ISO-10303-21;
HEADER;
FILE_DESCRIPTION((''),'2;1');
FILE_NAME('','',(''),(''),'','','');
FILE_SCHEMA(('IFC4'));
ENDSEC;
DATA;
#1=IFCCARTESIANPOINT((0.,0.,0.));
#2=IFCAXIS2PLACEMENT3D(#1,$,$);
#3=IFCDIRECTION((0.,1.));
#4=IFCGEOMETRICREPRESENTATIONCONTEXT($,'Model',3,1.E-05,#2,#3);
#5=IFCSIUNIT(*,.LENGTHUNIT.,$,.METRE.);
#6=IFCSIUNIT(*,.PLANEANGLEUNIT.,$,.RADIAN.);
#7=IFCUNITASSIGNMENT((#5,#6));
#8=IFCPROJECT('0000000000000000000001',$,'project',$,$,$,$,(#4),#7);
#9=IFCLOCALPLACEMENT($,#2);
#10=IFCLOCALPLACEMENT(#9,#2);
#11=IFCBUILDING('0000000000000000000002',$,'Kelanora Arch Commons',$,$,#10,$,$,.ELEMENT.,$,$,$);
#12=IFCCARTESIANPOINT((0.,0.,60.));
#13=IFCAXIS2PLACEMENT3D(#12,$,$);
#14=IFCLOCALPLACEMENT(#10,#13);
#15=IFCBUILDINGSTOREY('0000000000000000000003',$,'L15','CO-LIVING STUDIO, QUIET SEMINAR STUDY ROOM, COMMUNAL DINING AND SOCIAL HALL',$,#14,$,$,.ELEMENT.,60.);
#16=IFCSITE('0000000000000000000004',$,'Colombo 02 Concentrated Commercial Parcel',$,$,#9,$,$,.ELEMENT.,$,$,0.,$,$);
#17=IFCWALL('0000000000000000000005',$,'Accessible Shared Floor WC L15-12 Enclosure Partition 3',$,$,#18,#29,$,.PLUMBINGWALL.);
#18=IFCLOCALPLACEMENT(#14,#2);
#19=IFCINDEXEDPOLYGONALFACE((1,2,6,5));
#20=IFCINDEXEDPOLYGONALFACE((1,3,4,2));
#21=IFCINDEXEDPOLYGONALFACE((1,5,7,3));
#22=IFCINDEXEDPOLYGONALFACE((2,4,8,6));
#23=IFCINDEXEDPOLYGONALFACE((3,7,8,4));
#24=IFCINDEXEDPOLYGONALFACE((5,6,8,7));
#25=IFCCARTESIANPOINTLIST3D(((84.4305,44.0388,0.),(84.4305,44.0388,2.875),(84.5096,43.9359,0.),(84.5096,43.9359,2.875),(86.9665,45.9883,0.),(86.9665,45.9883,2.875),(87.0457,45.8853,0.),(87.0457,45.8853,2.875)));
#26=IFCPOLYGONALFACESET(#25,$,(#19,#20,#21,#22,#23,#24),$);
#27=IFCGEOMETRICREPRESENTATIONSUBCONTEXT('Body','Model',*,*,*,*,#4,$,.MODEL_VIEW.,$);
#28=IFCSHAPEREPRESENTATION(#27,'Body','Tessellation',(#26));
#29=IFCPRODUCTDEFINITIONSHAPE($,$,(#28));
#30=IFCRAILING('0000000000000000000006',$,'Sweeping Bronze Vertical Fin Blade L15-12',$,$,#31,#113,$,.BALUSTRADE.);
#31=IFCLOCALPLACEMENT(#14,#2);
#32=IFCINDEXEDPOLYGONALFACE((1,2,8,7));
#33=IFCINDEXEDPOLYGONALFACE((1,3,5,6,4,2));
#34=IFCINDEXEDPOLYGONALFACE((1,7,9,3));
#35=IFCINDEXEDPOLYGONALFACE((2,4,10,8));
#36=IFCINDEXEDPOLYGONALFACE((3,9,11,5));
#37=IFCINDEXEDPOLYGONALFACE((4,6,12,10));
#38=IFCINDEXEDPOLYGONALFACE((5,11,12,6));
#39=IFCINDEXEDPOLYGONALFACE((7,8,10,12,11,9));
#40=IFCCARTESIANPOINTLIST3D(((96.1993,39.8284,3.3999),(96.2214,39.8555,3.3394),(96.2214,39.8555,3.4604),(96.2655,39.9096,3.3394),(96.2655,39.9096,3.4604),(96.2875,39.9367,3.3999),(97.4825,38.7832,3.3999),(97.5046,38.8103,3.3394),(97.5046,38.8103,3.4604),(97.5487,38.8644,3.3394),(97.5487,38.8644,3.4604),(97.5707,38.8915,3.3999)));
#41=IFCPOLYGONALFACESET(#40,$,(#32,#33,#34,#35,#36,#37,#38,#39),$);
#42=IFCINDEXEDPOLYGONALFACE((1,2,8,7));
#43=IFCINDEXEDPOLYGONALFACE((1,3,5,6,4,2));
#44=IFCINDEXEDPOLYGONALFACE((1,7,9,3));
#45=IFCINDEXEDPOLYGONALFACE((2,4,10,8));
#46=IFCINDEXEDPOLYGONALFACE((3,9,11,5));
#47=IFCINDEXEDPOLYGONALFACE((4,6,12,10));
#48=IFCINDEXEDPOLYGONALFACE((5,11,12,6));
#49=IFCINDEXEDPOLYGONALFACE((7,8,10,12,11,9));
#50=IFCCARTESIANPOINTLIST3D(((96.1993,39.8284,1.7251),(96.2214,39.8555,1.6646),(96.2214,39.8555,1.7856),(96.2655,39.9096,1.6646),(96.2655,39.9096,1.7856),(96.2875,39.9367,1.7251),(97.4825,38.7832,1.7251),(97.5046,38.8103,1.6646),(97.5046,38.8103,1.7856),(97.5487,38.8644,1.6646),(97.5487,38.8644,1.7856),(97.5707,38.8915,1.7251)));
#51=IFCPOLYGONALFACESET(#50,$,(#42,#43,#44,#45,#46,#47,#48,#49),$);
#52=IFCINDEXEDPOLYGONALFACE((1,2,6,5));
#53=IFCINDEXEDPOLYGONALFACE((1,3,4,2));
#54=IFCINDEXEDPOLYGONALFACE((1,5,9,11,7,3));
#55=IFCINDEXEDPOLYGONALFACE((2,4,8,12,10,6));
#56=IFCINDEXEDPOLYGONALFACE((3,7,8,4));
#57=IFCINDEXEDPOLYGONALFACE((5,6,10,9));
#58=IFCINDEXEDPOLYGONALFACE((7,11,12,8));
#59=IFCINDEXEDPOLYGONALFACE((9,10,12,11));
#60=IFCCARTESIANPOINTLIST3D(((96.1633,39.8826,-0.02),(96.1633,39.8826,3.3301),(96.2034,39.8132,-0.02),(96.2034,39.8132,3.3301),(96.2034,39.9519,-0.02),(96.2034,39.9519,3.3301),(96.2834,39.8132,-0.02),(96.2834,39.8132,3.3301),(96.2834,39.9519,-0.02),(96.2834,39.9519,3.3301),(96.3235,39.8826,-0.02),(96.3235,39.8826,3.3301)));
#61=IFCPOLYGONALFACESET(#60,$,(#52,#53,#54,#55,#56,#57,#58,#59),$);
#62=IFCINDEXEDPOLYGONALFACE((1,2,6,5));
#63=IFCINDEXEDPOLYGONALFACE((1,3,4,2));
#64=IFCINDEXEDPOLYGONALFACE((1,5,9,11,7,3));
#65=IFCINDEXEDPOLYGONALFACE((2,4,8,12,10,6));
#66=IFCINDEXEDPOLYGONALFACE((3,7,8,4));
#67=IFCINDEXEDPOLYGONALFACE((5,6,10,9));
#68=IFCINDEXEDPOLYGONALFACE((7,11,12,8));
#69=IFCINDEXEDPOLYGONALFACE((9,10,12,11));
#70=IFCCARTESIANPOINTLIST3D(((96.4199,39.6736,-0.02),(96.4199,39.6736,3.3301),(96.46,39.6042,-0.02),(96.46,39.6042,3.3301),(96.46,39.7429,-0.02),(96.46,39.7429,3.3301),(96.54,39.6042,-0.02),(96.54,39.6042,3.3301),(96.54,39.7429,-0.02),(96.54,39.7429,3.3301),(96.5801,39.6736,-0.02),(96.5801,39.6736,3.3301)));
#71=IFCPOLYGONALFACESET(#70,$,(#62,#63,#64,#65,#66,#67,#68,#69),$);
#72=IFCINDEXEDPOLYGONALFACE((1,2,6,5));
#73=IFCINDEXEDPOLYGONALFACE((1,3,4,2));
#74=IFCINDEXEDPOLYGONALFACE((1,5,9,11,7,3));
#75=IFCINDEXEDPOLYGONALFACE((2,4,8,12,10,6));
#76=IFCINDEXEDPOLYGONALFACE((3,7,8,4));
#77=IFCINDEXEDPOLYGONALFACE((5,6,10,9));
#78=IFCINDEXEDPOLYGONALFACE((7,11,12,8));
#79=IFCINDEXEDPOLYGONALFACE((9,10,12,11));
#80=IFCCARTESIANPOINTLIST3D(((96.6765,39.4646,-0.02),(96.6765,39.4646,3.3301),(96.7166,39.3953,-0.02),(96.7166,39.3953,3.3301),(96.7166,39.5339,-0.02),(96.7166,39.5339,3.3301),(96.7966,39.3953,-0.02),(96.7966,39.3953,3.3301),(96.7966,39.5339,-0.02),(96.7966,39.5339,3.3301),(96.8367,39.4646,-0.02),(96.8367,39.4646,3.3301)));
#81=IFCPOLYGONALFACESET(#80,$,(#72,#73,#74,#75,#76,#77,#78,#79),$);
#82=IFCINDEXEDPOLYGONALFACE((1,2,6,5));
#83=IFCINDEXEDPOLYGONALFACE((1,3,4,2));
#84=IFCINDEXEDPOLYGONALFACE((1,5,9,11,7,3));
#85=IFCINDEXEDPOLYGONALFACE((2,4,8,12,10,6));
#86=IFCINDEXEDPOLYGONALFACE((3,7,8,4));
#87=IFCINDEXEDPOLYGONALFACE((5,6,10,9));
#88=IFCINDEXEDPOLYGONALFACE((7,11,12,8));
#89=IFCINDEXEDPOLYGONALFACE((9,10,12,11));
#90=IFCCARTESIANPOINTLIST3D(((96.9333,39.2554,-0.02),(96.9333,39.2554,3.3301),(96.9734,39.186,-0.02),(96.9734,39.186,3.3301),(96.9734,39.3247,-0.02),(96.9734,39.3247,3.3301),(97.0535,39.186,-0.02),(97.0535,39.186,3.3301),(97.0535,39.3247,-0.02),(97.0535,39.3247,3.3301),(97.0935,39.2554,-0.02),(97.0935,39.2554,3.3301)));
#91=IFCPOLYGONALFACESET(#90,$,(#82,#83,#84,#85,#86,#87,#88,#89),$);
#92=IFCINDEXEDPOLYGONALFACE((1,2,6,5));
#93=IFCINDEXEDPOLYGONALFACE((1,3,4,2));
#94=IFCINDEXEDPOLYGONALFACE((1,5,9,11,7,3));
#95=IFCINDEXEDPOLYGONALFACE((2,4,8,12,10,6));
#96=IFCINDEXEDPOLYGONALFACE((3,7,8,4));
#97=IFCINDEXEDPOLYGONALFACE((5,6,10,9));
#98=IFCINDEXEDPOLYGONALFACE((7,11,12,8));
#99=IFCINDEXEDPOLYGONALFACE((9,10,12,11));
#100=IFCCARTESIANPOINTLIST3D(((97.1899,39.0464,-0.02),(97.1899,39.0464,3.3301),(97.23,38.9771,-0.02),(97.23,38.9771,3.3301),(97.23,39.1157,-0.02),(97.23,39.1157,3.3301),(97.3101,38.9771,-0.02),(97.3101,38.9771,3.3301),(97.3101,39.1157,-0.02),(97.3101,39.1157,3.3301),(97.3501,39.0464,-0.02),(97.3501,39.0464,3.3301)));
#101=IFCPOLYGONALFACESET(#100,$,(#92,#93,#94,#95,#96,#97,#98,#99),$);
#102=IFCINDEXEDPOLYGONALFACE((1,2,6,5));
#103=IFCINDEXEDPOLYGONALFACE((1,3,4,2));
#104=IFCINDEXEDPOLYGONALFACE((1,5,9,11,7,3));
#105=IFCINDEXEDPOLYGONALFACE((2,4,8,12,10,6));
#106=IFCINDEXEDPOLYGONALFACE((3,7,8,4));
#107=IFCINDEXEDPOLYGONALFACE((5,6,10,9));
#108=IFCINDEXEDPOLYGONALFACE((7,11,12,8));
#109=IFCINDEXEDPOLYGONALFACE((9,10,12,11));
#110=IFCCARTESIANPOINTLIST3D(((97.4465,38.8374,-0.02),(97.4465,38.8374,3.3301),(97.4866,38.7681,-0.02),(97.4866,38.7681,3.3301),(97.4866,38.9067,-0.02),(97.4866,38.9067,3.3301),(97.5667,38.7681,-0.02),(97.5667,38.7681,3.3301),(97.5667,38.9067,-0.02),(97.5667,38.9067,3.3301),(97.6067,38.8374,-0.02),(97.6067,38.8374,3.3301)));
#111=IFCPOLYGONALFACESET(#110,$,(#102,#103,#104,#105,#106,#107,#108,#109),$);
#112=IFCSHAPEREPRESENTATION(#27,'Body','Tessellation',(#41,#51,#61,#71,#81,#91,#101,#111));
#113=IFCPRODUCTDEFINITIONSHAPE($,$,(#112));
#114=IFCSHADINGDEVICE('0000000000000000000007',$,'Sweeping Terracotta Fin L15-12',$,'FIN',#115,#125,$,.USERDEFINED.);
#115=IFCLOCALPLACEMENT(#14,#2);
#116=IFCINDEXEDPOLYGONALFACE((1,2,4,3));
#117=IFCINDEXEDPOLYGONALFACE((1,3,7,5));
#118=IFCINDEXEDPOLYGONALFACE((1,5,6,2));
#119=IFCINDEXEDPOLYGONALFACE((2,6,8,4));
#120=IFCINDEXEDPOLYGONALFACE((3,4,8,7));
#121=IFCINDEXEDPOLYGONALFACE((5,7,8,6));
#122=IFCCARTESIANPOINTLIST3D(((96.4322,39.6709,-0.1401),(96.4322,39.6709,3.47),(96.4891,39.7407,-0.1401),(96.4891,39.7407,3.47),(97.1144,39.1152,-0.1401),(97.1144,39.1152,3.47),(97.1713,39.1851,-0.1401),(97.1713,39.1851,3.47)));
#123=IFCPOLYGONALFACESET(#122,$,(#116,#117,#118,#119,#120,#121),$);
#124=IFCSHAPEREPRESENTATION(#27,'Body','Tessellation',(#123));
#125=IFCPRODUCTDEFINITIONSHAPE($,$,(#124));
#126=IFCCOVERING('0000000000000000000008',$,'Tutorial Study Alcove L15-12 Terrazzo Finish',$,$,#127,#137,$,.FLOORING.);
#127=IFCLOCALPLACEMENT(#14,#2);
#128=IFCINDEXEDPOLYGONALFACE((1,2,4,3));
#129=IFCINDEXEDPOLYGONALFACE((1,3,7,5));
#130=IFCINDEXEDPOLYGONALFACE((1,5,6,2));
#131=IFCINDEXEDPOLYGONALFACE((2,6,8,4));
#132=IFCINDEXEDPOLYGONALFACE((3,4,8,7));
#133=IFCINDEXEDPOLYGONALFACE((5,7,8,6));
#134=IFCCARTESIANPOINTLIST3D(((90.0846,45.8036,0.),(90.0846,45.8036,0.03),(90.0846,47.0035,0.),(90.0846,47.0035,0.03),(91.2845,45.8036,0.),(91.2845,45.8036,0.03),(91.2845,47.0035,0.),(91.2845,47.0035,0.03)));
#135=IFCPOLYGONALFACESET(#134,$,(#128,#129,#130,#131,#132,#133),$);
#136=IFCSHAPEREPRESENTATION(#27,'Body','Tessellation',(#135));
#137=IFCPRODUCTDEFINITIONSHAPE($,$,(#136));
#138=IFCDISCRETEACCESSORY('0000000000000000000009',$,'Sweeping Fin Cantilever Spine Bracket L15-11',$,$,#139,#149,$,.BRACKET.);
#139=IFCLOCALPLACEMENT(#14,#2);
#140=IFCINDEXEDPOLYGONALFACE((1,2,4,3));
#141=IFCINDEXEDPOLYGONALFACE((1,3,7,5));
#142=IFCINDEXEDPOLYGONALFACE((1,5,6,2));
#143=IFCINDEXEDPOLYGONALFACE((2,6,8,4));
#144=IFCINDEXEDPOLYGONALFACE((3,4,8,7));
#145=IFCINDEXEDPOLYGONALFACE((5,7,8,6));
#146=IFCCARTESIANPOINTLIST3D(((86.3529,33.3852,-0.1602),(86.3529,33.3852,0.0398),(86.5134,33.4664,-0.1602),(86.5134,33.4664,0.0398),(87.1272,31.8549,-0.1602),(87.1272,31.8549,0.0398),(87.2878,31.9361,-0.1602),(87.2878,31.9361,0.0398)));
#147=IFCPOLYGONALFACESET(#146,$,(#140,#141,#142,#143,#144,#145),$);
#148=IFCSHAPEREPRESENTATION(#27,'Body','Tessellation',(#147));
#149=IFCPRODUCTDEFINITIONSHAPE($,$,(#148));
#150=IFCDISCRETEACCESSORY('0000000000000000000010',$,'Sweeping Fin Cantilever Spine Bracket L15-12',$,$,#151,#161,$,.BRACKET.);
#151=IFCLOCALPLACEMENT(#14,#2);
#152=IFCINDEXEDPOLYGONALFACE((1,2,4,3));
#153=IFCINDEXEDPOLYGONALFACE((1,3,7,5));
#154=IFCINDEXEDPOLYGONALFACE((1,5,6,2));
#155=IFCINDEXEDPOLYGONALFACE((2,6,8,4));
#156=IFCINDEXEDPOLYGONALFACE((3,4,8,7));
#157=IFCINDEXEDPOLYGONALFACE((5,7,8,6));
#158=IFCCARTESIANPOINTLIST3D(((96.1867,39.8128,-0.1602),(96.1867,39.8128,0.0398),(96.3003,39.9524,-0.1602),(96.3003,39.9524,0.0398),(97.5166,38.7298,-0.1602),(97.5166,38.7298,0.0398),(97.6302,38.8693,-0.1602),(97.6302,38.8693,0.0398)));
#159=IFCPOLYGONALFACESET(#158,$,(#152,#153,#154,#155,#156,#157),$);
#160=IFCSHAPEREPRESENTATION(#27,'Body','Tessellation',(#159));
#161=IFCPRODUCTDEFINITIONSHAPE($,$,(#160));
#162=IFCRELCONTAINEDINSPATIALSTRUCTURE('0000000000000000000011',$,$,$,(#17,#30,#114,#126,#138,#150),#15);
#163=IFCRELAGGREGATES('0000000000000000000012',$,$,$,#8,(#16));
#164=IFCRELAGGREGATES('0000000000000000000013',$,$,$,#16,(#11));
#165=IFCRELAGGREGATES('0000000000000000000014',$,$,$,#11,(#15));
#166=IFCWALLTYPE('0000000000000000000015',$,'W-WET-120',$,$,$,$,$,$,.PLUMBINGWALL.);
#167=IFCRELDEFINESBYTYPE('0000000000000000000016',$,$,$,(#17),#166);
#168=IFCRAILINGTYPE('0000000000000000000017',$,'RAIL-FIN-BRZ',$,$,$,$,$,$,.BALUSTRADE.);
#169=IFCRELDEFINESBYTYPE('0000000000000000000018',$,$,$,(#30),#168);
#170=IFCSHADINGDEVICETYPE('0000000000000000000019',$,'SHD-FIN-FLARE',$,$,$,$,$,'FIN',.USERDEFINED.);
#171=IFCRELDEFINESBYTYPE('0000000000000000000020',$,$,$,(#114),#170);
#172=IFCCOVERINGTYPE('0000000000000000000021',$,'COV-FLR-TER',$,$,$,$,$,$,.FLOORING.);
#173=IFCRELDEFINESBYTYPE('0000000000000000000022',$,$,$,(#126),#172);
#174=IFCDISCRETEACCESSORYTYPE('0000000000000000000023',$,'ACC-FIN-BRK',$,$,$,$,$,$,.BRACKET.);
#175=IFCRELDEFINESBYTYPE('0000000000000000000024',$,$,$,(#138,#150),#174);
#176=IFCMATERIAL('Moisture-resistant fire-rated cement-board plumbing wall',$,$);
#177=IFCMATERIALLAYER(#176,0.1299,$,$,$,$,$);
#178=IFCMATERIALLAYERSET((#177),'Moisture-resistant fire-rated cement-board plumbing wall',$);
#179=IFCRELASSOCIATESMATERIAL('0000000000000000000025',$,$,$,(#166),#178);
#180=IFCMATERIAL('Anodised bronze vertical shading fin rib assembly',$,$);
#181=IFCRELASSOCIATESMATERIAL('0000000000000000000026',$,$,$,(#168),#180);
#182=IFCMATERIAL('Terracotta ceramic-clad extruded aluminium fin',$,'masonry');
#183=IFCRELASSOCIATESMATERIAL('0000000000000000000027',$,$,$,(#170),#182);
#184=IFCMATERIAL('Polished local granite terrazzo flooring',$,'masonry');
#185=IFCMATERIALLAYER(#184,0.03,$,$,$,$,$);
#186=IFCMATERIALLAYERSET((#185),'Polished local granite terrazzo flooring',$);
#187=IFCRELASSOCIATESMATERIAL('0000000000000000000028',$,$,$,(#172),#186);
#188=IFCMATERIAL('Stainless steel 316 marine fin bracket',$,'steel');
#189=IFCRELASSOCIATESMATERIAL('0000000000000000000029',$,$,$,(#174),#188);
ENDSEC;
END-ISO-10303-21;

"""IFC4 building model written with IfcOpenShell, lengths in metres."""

from ifc_helpers import new_model, si_unit, direction, frame, frame_2d, origin, origin_2d, place, context, subcontext, project, spatial, polyline, rectangle, outline, extrude, source, transform, mapped, material, layer, layer_set, type_object, element, save


model = new_model("IFC4")

# Units and contexts
model_context = context("Model", 3, precision=1e-05, world=origin(), true_north=direction((0.0, 1.0)))
body_context = subcontext(model_context, "Body", "Model", "MODEL_VIEW")
ifc_project = project(units=[si_unit("LENGTHUNIT", "METRE"), si_unit("PLANEANGLEUNIT", "RADIAN")], contexts=[model_context])

# Site, building, storey
site_placement = place(None, origin())
site = spatial("IfcSite", under=ifc_project, at=site_placement, Name="Colombo 02 Concentrated Commercial Parcel", CompositionType="ELEMENT", RefElevation=0.0)
building_placement = place(site_placement, origin())
building = spatial("IfcBuilding", under=site, at=building_placement, Name="Kelanora Arch Commons", CompositionType="ELEMENT")
storey_placement = place(building_placement, frame((0.0, 0.0, 60.0)))
storey = spatial("IfcBuildingStorey", under=building, at=storey_placement, Name="L15", Description="CO-LIVING STUDIO, QUIET SEMINAR STUDY ROOM, COMMUNAL DINING AND SOCIAL HALL", CompositionType="ELEMENT", Elevation=60.0)

# Wall
ifc_material_1 = material(Name="Moisture-resistant fire-rated cement-board plumbing wall")
ifc_layer_1 = layer(ifc_material_1, 0.1299)
ifc_layer_set_1 = layer_set([ifc_layer_1], Name="Moisture-resistant fire-rated cement-board plumbing wall")
wall_type_1 = type_object("IfcWallType", Name="W-WET-120", PredefinedType="PLUMBINGWALL", material=ifc_layer_set_1)
wall_1_placement = place(storey_placement, frame((87.0061, 45.9368, 0.0), z_axis=(0.0, 0.0, 1.0), x_axis=(-0.792837, -0.609434, 0.0)))
element("IfcWall", 1, at=wall_1_placement, inside=storey, type_object=wall_type_1, Name="Accessible Shared Floor WC L15-12 Enclosure Partition 3", PredefinedType="PLUMBINGWALL", context=body_context, shape_type="SweptSolid", body=[
    extrude(rectangle(XDim=3.1987, YDim=0.1299, at=frame_2d((1.5994, 0.0))), origin(), (0.0, 0.0, 1.0), 2.875),
])

# Railing
ifc_material_2 = material(Name="Anodised bronze vertical shading fin rib assembly")
railing_type = type_object("IfcRailingType", Name="RAIL-FIN-BRZ", PredefinedType="BALUSTRADE", material=ifc_material_2)
railing_placement = place(storey_placement, frame((96.2434, 39.8826, -0.02)))
element("IfcRailing", 2, at=railing_placement, inside=storey, type_object=railing_type, Name="Sweeping Bronze Vertical Fin Blade L15-12", PredefinedType="BALUSTRADE", context=body_context, shape_type="SweptSolid", body=[
    extrude(outline(polyline([(0.0698, 0.0), (0.0349, 0.0605), (-0.0349, 0.0605), (-0.0698, 0.0), (-0.0349, -0.0605), (0.0349, -0.0605), (0.0698, 0.0)])), frame((0.0, 0.0, 3.4199), z_axis=(0.775355, -0.631525, 0.0), x_axis=(0.631525, 0.775355, 0.0)), (0.0, 0.0, 1.0), 1.655),
    extrude(outline(polyline([(0.0698, 0.0), (0.0349, 0.0605), (-0.0349, 0.0605), (-0.0698, 0.0), (-0.0349, -0.0605), (0.0349, -0.0605), (0.0698, 0.0)])), frame((0.0, 0.0, 1.7451), z_axis=(0.775355, -0.631525, 0.0), x_axis=(0.631525, 0.775355, 0.0)), (0.0, 0.0, 1.0), 1.655),
    extrude(outline(polyline([(0.0801, 0.0), (0.04, 0.0693), (-0.04, 0.0693), (-0.0801, 0.0), (-0.04, -0.0693), (0.04, -0.0693), (0.0801, 0.0)])), origin(), (0.0, 0.0, 1.0), 3.3501),
    extrude(outline(polyline([(0.0801, 0.0), (0.04, 0.0693), (-0.04, 0.0693), (-0.0801, 0.0), (-0.04, -0.0693), (0.04, -0.0693), (0.0801, 0.0)])), frame((0.2566, -0.209, 0.0)), (0.0, 0.0, 1.0), 3.3501),
    extrude(outline(polyline([(0.0801, 0.0), (0.04, 0.0693), (-0.04, 0.0693), (-0.0801, 0.0), (-0.04, -0.0693), (0.04, -0.0693), (0.0801, 0.0)])), frame((0.5132, -0.418, 0.0)), (0.0, 0.0, 1.0), 3.3501),
    extrude(outline(polyline([(0.0801, 0.0), (0.04, 0.0693), (-0.04, 0.0693), (-0.0801, 0.0), (-0.04, -0.0693), (0.04, -0.0693), (0.0801, 0.0)])), frame((0.77, -0.6272, 0.0)), (0.0, 0.0, 1.0), 3.3501),
    extrude(outline(polyline([(0.0801, 0.0), (0.04, 0.0693), (-0.04, 0.0693), (-0.0801, 0.0), (-0.04, -0.0693), (0.04, -0.0693), (0.0801, 0.0)])), frame((1.0266, -0.8362, 0.0)), (0.0, 0.0, 1.0), 3.3501),
    extrude(outline(polyline([(0.0801, 0.0), (0.04, 0.0693), (-0.04, 0.0693), (-0.0801, 0.0), (-0.04, -0.0693), (0.04, -0.0693), (0.0801, 0.0)])), frame((1.2832, -1.0452, 0.0)), (0.0, 0.0, 1.0), 3.3501),
])

# Shading device
ifc_material_3 = material(Name="Terracotta ceramic-clad extruded aluminium fin", Category="masonry")
shading_device_type = type_object("IfcShadingDeviceType", Name="SHD-FIN-FLARE", ElementType="FIN", PredefinedType="USERDEFINED", material=ifc_material_3)
shared_shape_1 = source(origin(), body_context, "Body", "SweptSolid", [
    extrude(rectangle(XDim=0.8799, YDim=0.0901, at=origin_2d()), origin(), (0.0, 0.0, 1.0), 3.6101),
])
shading_device_placement = place(storey_placement, frame((96.8018, 39.428, -0.1401), z_axis=(0.0, 0.0, 1.0), x_axis=(0.775386, -0.631488, 0.0)))
element("IfcShadingDevice", 3, at=shading_device_placement, inside=storey, type_object=shading_device_type, Name="Sweeping Terracotta Fin L15-12", ObjectType="FIN", PredefinedType="USERDEFINED", context=body_context, shape_type="MappedRepresentation", body=[
    mapped(shared_shape_1, transform((0.0, 0.0, 0.0), scale=1.0)),
])

# Covering
ifc_material_4 = material(Name="Polished local granite terrazzo flooring", Category="masonry")
ifc_layer_2 = layer(ifc_material_4, 0.03)
ifc_layer_set_2 = layer_set([ifc_layer_2], Name="Polished local granite terrazzo flooring")
covering_type = type_object("IfcCoveringType", Name="COV-FLR-TER", PredefinedType="FLOORING", material=ifc_layer_set_2)
shared_shape_2 = source(origin(), body_context, "Body", "SweptSolid", [
    extrude(rectangle(XDim=1.2, YDim=1.2, at=origin_2d()), origin(), (0.0, 0.0, 1.0), 0.03),
])
covering_placement = place(storey_placement, frame((90.6846, 46.4036, 0.0), z_axis=(0.0, 0.0, 1.0), x_axis=(1.0, 0.0, 0.0)))
element("IfcCovering", 4, at=covering_placement, inside=storey, type_object=covering_type, Name="Tutorial Study Alcove L15-12 Terrazzo Finish", PredefinedType="FLOORING", context=body_context, shape_type="MappedRepresentation", body=[
    mapped(shared_shape_2, transform((0.0, 0.0, 0.0), scale=1.0)),
])

# Discrete accessories
ifc_material_5 = material(Name="Stainless steel 316 marine fin bracket", Category="steel")
discrete_accessory_type = type_object("IfcDiscreteAccessoryType", Name="ACC-FIN-BRK", PredefinedType="BRACKET", material=ifc_material_5)
shared_shape_3 = source(origin(), body_context, "Body", "SweptSolid", [
    extrude(rectangle(XDim=1.7151, YDim=0.1799, at=origin_2d()), origin(), (0.0, 0.0, 1.0), 0.2),
])
for number, where, z_axis, x_axis, name in (
    (5, (86.8203, 32.6606, -0.1602), (0.0, 0.0, 1.0), (0.451501, -0.892271, 0.0), "Sweeping Fin Cantilever Spine Bracket L15-11"),
    (6, (96.9084, 39.3411, -0.1602), (0.0, 0.0, 1.0), (0.775386, -0.631488, 0.0), "Sweeping Fin Cantilever Spine Bracket L15-12"),
):
    element("IfcDiscreteAccessory", number, at=place(storey_placement, frame(where, z_axis=z_axis, x_axis=x_axis)), inside=storey, type_object=discrete_accessory_type, Name=name, PredefinedType="BRACKET", context=body_context, shape_type="MappedRepresentation", body=[
        mapped(shared_shape_3, transform((0.0, 0.0, 0.0), scale=1.0)),
    ])

save(model, "model.ifc")
